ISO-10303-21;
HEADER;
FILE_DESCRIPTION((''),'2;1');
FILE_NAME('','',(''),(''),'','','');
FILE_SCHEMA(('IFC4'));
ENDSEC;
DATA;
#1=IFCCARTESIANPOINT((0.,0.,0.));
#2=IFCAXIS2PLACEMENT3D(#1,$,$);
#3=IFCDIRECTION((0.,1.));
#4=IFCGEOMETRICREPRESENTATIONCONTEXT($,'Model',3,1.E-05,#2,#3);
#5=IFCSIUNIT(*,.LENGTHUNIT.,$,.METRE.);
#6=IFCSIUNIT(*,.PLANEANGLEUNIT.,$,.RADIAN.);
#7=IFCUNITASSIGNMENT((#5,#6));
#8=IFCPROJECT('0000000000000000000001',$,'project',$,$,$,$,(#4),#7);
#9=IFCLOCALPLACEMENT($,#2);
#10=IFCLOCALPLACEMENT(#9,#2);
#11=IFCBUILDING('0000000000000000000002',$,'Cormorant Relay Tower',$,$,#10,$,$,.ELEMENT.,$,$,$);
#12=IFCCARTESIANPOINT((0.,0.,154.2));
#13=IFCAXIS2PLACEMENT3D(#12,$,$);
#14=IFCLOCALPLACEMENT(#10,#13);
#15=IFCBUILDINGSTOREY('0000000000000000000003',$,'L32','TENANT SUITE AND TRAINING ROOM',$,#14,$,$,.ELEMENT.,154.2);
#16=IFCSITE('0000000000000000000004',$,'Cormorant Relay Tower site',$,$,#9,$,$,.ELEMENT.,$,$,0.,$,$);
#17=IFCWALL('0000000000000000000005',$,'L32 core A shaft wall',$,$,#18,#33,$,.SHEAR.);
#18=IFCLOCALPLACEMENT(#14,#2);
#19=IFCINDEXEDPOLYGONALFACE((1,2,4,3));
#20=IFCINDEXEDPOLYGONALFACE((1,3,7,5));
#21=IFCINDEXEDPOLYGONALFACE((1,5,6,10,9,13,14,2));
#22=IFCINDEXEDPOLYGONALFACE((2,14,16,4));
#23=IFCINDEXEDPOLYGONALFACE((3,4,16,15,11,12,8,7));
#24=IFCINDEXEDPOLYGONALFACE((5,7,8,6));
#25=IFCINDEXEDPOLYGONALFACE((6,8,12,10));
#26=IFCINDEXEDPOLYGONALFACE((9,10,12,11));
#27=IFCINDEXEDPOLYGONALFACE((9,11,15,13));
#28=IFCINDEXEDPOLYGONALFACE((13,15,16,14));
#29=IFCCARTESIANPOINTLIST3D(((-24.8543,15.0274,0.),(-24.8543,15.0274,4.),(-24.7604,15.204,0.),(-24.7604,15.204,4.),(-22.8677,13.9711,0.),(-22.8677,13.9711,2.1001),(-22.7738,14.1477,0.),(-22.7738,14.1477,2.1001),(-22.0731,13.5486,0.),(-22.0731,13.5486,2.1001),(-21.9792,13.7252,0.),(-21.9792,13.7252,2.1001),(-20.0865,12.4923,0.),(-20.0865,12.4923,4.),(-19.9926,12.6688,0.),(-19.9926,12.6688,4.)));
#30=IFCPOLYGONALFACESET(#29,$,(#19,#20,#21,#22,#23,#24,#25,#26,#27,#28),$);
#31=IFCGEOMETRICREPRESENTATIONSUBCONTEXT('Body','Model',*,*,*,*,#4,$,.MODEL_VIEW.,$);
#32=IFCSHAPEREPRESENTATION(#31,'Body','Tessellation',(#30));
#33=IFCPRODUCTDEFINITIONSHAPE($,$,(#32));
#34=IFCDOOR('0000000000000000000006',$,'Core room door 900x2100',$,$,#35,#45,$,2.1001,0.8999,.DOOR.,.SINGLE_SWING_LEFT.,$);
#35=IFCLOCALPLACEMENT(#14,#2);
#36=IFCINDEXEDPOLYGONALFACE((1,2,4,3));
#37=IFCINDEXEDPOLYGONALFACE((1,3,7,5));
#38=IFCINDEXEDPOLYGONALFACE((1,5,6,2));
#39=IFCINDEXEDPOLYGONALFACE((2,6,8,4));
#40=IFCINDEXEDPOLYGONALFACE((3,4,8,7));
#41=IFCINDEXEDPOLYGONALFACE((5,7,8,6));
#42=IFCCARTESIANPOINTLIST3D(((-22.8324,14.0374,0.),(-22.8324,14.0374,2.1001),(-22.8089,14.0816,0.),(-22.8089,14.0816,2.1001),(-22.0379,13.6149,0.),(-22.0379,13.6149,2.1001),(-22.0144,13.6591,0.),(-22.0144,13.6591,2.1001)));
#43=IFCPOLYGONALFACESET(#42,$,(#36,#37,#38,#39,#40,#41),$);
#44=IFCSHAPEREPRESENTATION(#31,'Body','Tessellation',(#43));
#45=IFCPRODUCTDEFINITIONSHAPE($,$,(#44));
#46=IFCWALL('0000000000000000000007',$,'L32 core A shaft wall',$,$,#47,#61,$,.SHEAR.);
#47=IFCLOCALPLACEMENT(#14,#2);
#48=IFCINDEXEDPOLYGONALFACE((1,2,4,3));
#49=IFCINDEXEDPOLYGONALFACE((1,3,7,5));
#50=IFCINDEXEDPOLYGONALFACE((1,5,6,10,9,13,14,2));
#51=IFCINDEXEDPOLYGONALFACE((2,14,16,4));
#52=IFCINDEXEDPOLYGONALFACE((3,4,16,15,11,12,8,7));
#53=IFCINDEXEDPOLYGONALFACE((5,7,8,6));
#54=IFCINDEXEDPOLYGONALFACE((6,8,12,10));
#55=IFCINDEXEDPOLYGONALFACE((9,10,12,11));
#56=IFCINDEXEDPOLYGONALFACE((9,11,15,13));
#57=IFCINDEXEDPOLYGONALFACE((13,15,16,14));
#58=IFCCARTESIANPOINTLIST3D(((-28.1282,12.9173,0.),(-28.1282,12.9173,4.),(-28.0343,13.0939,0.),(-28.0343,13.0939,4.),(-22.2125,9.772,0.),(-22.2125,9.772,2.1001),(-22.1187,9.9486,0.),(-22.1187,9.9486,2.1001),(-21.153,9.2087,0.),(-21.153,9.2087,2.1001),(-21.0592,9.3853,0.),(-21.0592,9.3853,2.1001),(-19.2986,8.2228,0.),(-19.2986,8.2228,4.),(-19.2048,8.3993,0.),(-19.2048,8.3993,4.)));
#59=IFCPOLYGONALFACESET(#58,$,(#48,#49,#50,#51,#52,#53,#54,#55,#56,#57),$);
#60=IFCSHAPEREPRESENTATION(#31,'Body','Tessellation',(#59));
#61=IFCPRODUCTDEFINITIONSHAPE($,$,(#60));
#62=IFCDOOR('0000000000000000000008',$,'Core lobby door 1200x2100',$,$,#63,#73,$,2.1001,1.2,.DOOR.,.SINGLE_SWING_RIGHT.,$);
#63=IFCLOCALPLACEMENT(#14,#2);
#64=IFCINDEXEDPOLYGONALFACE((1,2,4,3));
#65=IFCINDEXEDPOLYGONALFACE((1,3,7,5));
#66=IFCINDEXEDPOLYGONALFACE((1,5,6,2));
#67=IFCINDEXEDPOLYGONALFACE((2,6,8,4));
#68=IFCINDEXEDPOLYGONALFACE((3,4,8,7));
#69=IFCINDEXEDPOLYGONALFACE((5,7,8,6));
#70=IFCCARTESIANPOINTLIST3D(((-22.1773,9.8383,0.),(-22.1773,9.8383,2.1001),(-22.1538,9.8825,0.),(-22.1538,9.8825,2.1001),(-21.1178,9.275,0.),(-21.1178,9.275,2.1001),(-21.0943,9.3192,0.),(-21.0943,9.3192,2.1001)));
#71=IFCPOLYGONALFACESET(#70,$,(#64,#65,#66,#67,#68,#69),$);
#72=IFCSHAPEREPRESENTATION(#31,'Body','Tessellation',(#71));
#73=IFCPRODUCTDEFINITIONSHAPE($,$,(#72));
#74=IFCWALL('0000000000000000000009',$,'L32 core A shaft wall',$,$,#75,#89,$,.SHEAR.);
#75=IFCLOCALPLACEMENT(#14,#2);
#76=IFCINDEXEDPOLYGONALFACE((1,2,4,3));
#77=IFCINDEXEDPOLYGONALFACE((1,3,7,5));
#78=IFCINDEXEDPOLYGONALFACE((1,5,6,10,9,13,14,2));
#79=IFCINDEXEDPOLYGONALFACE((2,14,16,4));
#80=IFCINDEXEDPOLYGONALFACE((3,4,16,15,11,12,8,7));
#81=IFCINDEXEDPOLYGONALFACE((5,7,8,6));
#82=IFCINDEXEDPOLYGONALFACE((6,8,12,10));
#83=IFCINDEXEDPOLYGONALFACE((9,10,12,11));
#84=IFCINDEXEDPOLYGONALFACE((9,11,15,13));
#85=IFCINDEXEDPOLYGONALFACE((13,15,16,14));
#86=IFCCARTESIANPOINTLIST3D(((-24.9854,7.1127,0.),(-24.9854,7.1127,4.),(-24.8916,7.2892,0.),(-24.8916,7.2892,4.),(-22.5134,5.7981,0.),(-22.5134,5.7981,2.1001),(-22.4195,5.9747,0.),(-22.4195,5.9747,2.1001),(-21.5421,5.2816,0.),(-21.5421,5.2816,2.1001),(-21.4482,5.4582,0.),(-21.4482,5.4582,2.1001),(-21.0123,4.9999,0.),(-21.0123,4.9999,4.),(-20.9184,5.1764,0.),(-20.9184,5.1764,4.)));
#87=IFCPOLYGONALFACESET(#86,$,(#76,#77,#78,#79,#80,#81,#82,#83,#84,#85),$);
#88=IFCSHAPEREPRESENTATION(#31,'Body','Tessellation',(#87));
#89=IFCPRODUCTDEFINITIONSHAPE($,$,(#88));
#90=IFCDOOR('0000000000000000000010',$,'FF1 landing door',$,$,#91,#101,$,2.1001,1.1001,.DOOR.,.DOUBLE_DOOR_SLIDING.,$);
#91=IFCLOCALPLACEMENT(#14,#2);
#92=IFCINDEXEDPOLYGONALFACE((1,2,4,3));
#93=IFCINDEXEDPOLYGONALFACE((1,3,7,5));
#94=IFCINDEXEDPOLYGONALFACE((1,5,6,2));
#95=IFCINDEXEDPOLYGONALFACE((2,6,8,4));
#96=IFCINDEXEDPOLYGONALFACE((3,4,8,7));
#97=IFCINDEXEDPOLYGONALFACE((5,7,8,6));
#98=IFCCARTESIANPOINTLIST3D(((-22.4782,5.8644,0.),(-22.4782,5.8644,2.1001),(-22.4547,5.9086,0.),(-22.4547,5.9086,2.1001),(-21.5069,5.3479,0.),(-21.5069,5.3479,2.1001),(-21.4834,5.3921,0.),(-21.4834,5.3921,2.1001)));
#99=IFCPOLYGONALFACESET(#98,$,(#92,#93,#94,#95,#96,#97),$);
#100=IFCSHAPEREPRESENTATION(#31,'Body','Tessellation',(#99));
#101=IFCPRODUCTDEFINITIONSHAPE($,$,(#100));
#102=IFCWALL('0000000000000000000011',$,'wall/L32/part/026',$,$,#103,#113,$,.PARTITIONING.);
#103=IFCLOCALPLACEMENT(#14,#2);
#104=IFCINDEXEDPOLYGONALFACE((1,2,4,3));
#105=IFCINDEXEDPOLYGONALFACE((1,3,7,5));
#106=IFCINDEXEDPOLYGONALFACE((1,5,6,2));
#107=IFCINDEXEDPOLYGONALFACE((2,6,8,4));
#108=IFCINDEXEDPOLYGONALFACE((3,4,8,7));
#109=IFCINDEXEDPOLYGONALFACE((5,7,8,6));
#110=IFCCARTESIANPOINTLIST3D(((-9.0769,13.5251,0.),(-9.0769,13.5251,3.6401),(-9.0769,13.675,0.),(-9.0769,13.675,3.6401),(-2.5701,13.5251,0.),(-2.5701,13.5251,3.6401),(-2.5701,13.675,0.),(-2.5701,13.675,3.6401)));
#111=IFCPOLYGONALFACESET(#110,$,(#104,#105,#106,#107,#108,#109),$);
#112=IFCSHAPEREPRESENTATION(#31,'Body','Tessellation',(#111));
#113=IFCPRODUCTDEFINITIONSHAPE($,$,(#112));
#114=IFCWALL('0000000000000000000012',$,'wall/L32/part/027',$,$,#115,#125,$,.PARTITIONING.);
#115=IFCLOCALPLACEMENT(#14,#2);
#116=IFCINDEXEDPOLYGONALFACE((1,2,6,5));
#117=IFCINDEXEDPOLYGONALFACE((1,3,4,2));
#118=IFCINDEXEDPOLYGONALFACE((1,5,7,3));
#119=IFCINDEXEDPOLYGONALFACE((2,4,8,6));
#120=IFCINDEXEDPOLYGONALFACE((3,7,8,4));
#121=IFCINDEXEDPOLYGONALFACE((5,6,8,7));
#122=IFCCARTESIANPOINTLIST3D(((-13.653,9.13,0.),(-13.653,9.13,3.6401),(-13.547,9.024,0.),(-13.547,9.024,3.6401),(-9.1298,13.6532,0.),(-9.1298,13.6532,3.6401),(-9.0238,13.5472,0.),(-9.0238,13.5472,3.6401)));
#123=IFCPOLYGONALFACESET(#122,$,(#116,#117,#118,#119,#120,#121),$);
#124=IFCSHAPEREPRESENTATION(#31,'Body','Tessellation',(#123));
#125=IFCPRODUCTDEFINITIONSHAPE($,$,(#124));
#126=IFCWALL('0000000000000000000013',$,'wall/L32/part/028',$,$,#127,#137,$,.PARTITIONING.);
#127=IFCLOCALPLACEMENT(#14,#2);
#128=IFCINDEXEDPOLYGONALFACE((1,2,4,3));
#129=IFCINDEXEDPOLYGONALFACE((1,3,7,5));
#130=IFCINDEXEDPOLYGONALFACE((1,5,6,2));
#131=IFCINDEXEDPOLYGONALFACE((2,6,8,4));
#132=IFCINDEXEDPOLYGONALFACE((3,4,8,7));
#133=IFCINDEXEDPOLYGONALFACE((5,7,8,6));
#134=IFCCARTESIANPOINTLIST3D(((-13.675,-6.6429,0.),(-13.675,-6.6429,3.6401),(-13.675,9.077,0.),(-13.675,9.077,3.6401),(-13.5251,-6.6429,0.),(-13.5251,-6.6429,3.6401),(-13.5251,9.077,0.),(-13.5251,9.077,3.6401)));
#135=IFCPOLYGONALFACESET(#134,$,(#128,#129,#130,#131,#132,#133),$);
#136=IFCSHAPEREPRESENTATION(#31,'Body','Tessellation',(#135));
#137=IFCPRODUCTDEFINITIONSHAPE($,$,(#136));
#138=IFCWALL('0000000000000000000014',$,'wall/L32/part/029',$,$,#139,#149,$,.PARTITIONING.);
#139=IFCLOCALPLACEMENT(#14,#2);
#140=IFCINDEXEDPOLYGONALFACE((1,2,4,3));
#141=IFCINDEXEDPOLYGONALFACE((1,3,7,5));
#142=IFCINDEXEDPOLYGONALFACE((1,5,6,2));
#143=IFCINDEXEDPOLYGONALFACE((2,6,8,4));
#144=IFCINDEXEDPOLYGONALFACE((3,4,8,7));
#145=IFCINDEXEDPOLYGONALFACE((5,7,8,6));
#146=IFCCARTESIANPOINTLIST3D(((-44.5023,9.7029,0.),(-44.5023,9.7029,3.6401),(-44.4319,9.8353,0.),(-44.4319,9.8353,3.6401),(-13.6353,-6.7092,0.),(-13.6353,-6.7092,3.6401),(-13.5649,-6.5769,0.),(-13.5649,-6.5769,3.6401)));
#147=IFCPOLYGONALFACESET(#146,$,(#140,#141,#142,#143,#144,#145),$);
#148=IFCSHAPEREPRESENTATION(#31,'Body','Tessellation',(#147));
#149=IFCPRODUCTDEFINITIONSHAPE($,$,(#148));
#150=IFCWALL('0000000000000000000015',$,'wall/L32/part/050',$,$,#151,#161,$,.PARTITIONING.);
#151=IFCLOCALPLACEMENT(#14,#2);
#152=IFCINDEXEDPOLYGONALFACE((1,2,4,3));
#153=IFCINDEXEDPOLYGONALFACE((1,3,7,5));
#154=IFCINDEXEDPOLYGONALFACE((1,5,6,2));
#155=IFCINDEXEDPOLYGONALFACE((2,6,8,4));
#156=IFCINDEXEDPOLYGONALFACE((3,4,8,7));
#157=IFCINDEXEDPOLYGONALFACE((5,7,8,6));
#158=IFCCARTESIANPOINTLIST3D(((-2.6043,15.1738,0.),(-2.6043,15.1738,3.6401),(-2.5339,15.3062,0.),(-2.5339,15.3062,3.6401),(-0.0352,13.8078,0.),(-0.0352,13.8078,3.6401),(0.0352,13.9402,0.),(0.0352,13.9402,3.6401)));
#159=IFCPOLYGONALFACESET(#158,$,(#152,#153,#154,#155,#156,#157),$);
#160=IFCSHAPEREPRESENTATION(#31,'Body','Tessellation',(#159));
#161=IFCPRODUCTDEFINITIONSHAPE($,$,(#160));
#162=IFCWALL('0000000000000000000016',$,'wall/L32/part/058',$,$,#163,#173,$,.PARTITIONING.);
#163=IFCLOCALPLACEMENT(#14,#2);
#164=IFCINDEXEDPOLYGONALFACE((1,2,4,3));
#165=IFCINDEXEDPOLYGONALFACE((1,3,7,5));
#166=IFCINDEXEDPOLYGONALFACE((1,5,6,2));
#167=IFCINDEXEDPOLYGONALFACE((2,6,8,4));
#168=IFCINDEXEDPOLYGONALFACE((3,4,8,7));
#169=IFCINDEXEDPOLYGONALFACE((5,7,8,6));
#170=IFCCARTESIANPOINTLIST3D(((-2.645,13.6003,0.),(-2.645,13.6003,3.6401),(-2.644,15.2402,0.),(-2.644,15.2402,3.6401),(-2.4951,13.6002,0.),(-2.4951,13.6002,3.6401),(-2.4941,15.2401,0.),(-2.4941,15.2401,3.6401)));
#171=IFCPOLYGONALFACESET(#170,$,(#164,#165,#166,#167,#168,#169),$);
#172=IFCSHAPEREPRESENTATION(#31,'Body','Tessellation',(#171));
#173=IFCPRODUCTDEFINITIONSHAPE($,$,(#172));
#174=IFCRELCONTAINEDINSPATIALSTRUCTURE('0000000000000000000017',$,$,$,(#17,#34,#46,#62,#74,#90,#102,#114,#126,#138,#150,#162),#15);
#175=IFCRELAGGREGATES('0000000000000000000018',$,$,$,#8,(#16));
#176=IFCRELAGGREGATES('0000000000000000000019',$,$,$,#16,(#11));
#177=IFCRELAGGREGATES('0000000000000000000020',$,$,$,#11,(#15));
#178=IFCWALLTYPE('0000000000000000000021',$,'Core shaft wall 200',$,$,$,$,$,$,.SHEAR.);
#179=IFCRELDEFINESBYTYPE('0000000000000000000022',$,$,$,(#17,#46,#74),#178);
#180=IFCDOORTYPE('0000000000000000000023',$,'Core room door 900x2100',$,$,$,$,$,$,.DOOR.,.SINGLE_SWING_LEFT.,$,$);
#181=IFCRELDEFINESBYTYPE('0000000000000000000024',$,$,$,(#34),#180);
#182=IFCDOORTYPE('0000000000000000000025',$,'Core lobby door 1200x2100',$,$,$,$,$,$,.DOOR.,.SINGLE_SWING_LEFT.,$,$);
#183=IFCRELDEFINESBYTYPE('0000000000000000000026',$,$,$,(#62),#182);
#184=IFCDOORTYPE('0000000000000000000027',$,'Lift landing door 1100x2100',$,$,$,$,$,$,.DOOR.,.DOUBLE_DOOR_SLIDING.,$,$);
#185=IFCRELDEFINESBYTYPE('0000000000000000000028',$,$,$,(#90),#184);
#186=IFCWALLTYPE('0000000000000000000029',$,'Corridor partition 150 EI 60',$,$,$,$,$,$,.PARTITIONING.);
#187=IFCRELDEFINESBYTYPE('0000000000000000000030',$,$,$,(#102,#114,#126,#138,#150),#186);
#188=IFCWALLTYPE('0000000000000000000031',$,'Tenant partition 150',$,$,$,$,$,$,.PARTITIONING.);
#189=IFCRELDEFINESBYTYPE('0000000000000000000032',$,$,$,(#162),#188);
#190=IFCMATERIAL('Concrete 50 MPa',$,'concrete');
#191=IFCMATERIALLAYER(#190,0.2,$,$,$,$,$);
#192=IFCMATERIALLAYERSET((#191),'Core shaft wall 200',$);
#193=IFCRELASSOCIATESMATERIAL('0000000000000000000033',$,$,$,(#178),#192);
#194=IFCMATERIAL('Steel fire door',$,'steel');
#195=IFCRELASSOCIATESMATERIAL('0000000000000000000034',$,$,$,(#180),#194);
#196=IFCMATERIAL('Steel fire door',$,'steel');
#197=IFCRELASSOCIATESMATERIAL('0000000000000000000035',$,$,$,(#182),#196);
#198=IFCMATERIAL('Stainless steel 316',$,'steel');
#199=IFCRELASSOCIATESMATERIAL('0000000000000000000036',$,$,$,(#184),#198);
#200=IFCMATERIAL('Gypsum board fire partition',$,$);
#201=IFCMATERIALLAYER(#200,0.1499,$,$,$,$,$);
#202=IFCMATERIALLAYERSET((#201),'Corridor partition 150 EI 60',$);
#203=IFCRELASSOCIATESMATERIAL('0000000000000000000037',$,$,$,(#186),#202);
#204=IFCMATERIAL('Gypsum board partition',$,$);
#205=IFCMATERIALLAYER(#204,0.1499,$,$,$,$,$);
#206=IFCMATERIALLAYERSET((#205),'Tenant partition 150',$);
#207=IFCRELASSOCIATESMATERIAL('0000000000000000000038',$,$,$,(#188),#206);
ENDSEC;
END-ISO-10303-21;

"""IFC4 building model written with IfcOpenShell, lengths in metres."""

from ifc_helpers import new_model, si_unit, direction, frame, frame_2d, origin, place, context, subcontext, project, spatial, rectangle, extrude, material, layer, layer_set, type_object, element, fill, save


model = new_model("IFC4")

# Units and contexts
model_context = context("Model", 3, precision=1e-05, world=origin(), true_north=direction((0.0, 1.0)))
body_context = subcontext(model_context, "Body", "Model", "MODEL_VIEW")
ifc_project = project(units=[si_unit("LENGTHUNIT", "METRE"), si_unit("PLANEANGLEUNIT", "RADIAN")], contexts=[model_context])

# Site, building, storey
site_placement = place(None, origin())
site = spatial("IfcSite", under=ifc_project, at=site_placement, Name="Cormorant Relay Tower site", CompositionType="ELEMENT", RefElevation=0.0)
building_placement = place(site_placement, origin())
building = spatial("IfcBuilding", under=site, at=building_placement, Name="Cormorant Relay Tower", CompositionType="ELEMENT")
storey_placement = place(building_placement, frame((0.0, 0.0, 154.2)))
storey = spatial("IfcBuildingStorey", under=building, at=storey_placement, Name="L32", Description="TENANT SUITE AND TRAINING ROOM", CompositionType="ELEMENT", Elevation=154.2)

# Shared definitions
ifc_material_1 = material(Name="Concrete 50 MPa", Category="concrete")
ifc_layer_1 = layer(ifc_material_1, 0.2)
ifc_layer_set_1 = layer_set([ifc_layer_1], Name="Core shaft wall 200")
wall_type_1 = type_object("IfcWallType", Name="Core shaft wall 200", PredefinedType="SHEAR", material=ifc_layer_set_1)

# Walls, openings, doors
wall_1_placement = place(storey_placement, frame((-20.0396, 12.5806, 0.0), z_axis=(0.0, 0.0, 1.0), x_axis=(-0.882943, 0.46948, 0.0)))
wall_1 = element("IfcWall", 1, at=wall_1_placement, inside=storey, type_object=wall_type_1, Name="L32 core A shaft wall", PredefinedType="SHEAR", context=body_context, shape_type="SweptSolid", body=[
    extrude(rectangle(XDim=5.3999, YDim=0.2, at=frame_2d((2.7, 0.0))), origin(), (0.0, 0.0, 1.0), 4.0),
])
opening_1_placement = place(wall_1_placement, frame((2.25, 0.0, 0.0)))
opening_1 = element("IfcOpeningElement", 2, at=opening_1_placement, cuts=wall_1, PredefinedType="OPENING", context=body_context, shape_type="SweptSolid", body=[
    extrude(rectangle(XDim=0.8999, YDim=2.1001, at=frame_2d((0.45, 1.05))), frame((0.0, 0.1099, 0.0), z_axis=(0.0, -1.0, 0.0), x_axis=(1.0, 0.0, 0.0)), (0.0, 0.0, 1.0), 0.22),
])
ifc_material_2 = material(Name="Steel fire door", Category="steel")
door_type_1 = type_object("IfcDoorType", Name="Core room door 900x2100", OperationType="SINGLE_SWING_LEFT", PredefinedType="DOOR", material=ifc_material_2)
door_1_placement = place(opening_1_placement, origin())
door_1 = element("IfcDoor", 3, at=door_1_placement, inside=storey, type_object=door_type_1, Name="Core room door 900x2100", OperationType="SINGLE_SWING_LEFT", OverallHeight=2.1001, OverallWidth=0.8999, PredefinedType="DOOR", context=body_context, shape_type="SweptSolid", body=[
    extrude(rectangle(XDim=0.8999, YDim=2.1001, at=frame_2d((0.45, 1.05))), frame((0.0, 0.0249, 0.0), z_axis=(0.0, -1.0, 0.0), x_axis=(1.0, 0.0, 0.0)), (0.0, 0.0, 1.0), 0.05),
])
fill(opening_1, door_1)
wall_2_placement = place(storey_placement, frame((-19.2517, 8.311, 0.0), z_axis=(0.0, 0.0, 1.0), x_axis=(-0.882956, 0.469456, 0.0)))
wall_2 = element("IfcWall", 4, at=wall_2_placement, inside=storey, type_object=wall_type_1, Name="L32 core A shaft wall", PredefinedType="SHEAR", context=body_context, shape_type="SweptSolid", body=[
    extrude(rectangle(XDim=10.0, YDim=0.2, at=frame_2d((5.0, 0.0))), origin(), (0.0, 0.0, 1.0), 4.0),
])
opening_2_placement = place(wall_2_placement, frame((2.1001, 0.0, 0.0)))
opening_2 = element("IfcOpeningElement", 5, at=opening_2_placement, cuts=wall_2, PredefinedType="OPENING", context=body_context, shape_type="SweptSolid", body=[
    extrude(rectangle(XDim=1.2, YDim=2.1001, at=frame_2d((0.6001, 1.05))), frame((0.0, 0.1099, 0.0), z_axis=(0.0, -1.0, 0.0), x_axis=(1.0, 0.0, 0.0)), (0.0, 0.0, 1.0), 0.22),
])
ifc_material_3 = material(Name="Steel fire door", Category="steel")
door_type_2 = type_object("IfcDoorType", Name="Core lobby door 1200x2100", OperationType="SINGLE_SWING_LEFT", PredefinedType="DOOR", material=ifc_material_3)
door_2_placement = place(opening_2_placement, origin())
door_2 = element("IfcDoor", 6, at=door_2_placement, inside=storey, type_object=door_type_2, Name="Core lobby door 1200x2100", OperationType="SINGLE_SWING_RIGHT", OverallHeight=2.1001, OverallWidth=1.2, PredefinedType="DOOR", context=body_context, shape_type="SweptSolid", body=[
    extrude(rectangle(XDim=1.2, YDim=2.1001, at=frame_2d((0.6001, 1.05))), frame((0.0, 0.0249, 0.0), z_axis=(0.0, -1.0, 0.0), x_axis=(1.0, 0.0, 0.0)), (0.0, 0.0, 1.0), 0.05),
])
fill(opening_2, door_2)
wall_3_placement = place(storey_placement, frame((-20.9653, 5.0881, 0.0), z_axis=(0.0, 0.0, 1.0), x_axis=(-0.882926, 0.469512, 0.0)))
wall_3 = element("IfcWall", 7, at=wall_3_placement, inside=storey, type_object=wall_type_1, Name="L32 core A shaft wall", PredefinedType="SHEAR", context=body_context, shape_type="SweptSolid", body=[
    extrude(rectangle(XDim=4.5, YDim=0.2, at=frame_2d((2.25, 0.0))), origin(), (0.0, 0.0, 1.0), 4.0),
])
opening_3_placement = place(wall_3_placement, frame((0.6001, 0.0, 0.0)))
opening_3 = element("IfcOpeningElement", 8, at=opening_3_placement, cuts=wall_3, PredefinedType="OPENING", context=body_context, shape_type="SweptSolid", body=[
    extrude(rectangle(XDim=1.1001, YDim=2.1001, at=frame_2d((0.55, 1.05))), frame((0.0, 0.1099, 0.0), z_axis=(0.0, -1.0, 0.0), x_axis=(1.0, 0.0, 0.0)), (0.0, 0.0, 1.0), 0.22),
])
ifc_material_4 = material(Name="Stainless steel 316", Category="steel")
door_type_3 = type_object("IfcDoorType", Name="Lift landing door 1100x2100", OperationType="DOUBLE_DOOR_SLIDING", PredefinedType="DOOR", material=ifc_material_4)
door_3_placement = place(opening_3_placement, origin())
door_3 = element("IfcDoor", 9, at=door_3_placement, inside=storey, type_object=door_type_3, Name="FF1 landing door", OperationType="DOUBLE_DOOR_SLIDING", OverallHeight=2.1001, OverallWidth=1.1001, PredefinedType="DOOR", context=body_context, shape_type="SweptSolid", body=[
    extrude(rectangle(XDim=1.1001, YDim=2.1001, at=frame_2d((0.55, 1.05))), frame((0.0, 0.0249, 0.0), z_axis=(0.0, -1.0, 0.0), x_axis=(1.0, 0.0, 0.0)), (0.0, 0.0, 1.0), 0.05),
])
fill(opening_3, door_3)

# Walls
ifc_material_5 = material(Name="Gypsum board fire partition")
ifc_layer_2 = layer(ifc_material_5, 0.1499)
ifc_layer_set_2 = layer_set([ifc_layer_2], Name="Corridor partition 150 EI 60")
wall_type_2 = type_object("IfcWallType", Name="Corridor partition 150 EI 60", PredefinedType="PARTITIONING", material=ifc_layer_set_2)
wall_4_placement = place(storey_placement, frame((-2.5701, 13.6001, 0.0), z_axis=(0.0, 0.0, 1.0), x_axis=(-1.0, 0.0, 0.0)))
element("IfcWall", 10, at=wall_4_placement, inside=storey, type_object=wall_type_2, Name="wall/L32/part/026", PredefinedType="PARTITIONING", context=body_context, shape_type="SweptSolid", body=[
    extrude(rectangle(XDim=6.5068, YDim=0.1499, at=frame_2d((3.2534, 0.0))), origin(), (0.0, 0.0, 1.0), 3.6401),
])
wall_5_placement = place(storey_placement, frame((-9.0769, 13.6001, 0.0), z_axis=(0.0, 0.0, 1.0), x_axis=(-0.707107, -0.707107, 0.0)))
element("IfcWall", 11, at=wall_5_placement, inside=storey, type_object=wall_type_2, Name="wall/L32/part/027", PredefinedType="PARTITIONING", context=body_context, shape_type="SweptSolid", body=[
    extrude(rectangle(XDim=6.3967, YDim=0.1499, at=frame_2d((3.1982, 0.0))), origin(), (0.0, 0.0, 1.0), 3.6401),
])
wall_6_placement = place(storey_placement, frame((-13.6001, 9.0769, 0.0), z_axis=(0.0, 0.0, 1.0), x_axis=(0.0, -1.0, 0.0)))
element("IfcWall", 12, at=wall_6_placement, inside=storey, type_object=wall_type_2, Name="wall/L32/part/028", PredefinedType="PARTITIONING", context=body_context, shape_type="SweptSolid", body=[
    extrude(rectangle(XDim=15.72, YDim=0.1499, at=frame_2d((7.8599, 0.0))), origin(), (0.0, 0.0, 1.0), 3.6401),
])
wall_7_placement = place(storey_placement, frame((-13.6001, -6.6431, 0.0), z_axis=(0.0, 0.0, 1.0), x_axis=(-0.882949, 0.469469, 0.0)))
element("IfcWall", 13, at=wall_7_placement, inside=storey, type_object=wall_type_2, Name="wall/L32/part/029", PredefinedType="PARTITIONING", context=body_context, shape_type="SweptSolid", body=[
    extrude(rectangle(XDim=34.959, YDim=0.1499, at=frame_2d((17.4795, 0.0))), origin(), (0.0, 0.0, 1.0), 3.6401),
])
wall_8_placement = place(storey_placement, frame((-2.5691, 15.24, 0.0), z_axis=(0.0, 0.0, 1.0), x_axis=(0.882954, -0.46946, 0.0)))
element("IfcWall", 14, at=wall_8_placement, inside=storey, type_object=wall_type_2, Name="wall/L32/part/050", PredefinedType="PARTITIONING", context=body_context, shape_type="SweptSolid", body=[
    extrude(rectangle(XDim=2.9097, YDim=0.1499, at=frame_2d((1.4548, 0.0))), origin(), (0.0, 0.0, 1.0), 3.6401),
])
ifc_material_6 = material(Name="Gypsum board partition")
ifc_layer_3 = layer(ifc_material_6, 0.1499)
ifc_layer_set_3 = layer_set([ifc_layer_3], Name="Tenant partition 150")
wall_type_3 = type_object("IfcWallType", Name="Tenant partition 150", PredefinedType="PARTITIONING", material=ifc_layer_set_3)
wall_9_placement = place(storey_placement, frame((-2.5691, 15.24, 0.0), z_axis=(0.0, 0.0, 1.0), x_axis=(-0.000596, -1.0, 0.0)))
element("IfcWall", 15, at=wall_9_placement, inside=storey, type_object=wall_type_3, Name="wall/L32/part/058", PredefinedType="PARTITIONING", context=body_context, shape_type="SweptSolid", body=[
    extrude(rectangle(XDim=1.6399, YDim=0.1499, at=frame_2d((0.8198, 0.0))), origin(), (0.0, 0.0, 1.0), 3.6401),
])

save(model, "model.ifc")
